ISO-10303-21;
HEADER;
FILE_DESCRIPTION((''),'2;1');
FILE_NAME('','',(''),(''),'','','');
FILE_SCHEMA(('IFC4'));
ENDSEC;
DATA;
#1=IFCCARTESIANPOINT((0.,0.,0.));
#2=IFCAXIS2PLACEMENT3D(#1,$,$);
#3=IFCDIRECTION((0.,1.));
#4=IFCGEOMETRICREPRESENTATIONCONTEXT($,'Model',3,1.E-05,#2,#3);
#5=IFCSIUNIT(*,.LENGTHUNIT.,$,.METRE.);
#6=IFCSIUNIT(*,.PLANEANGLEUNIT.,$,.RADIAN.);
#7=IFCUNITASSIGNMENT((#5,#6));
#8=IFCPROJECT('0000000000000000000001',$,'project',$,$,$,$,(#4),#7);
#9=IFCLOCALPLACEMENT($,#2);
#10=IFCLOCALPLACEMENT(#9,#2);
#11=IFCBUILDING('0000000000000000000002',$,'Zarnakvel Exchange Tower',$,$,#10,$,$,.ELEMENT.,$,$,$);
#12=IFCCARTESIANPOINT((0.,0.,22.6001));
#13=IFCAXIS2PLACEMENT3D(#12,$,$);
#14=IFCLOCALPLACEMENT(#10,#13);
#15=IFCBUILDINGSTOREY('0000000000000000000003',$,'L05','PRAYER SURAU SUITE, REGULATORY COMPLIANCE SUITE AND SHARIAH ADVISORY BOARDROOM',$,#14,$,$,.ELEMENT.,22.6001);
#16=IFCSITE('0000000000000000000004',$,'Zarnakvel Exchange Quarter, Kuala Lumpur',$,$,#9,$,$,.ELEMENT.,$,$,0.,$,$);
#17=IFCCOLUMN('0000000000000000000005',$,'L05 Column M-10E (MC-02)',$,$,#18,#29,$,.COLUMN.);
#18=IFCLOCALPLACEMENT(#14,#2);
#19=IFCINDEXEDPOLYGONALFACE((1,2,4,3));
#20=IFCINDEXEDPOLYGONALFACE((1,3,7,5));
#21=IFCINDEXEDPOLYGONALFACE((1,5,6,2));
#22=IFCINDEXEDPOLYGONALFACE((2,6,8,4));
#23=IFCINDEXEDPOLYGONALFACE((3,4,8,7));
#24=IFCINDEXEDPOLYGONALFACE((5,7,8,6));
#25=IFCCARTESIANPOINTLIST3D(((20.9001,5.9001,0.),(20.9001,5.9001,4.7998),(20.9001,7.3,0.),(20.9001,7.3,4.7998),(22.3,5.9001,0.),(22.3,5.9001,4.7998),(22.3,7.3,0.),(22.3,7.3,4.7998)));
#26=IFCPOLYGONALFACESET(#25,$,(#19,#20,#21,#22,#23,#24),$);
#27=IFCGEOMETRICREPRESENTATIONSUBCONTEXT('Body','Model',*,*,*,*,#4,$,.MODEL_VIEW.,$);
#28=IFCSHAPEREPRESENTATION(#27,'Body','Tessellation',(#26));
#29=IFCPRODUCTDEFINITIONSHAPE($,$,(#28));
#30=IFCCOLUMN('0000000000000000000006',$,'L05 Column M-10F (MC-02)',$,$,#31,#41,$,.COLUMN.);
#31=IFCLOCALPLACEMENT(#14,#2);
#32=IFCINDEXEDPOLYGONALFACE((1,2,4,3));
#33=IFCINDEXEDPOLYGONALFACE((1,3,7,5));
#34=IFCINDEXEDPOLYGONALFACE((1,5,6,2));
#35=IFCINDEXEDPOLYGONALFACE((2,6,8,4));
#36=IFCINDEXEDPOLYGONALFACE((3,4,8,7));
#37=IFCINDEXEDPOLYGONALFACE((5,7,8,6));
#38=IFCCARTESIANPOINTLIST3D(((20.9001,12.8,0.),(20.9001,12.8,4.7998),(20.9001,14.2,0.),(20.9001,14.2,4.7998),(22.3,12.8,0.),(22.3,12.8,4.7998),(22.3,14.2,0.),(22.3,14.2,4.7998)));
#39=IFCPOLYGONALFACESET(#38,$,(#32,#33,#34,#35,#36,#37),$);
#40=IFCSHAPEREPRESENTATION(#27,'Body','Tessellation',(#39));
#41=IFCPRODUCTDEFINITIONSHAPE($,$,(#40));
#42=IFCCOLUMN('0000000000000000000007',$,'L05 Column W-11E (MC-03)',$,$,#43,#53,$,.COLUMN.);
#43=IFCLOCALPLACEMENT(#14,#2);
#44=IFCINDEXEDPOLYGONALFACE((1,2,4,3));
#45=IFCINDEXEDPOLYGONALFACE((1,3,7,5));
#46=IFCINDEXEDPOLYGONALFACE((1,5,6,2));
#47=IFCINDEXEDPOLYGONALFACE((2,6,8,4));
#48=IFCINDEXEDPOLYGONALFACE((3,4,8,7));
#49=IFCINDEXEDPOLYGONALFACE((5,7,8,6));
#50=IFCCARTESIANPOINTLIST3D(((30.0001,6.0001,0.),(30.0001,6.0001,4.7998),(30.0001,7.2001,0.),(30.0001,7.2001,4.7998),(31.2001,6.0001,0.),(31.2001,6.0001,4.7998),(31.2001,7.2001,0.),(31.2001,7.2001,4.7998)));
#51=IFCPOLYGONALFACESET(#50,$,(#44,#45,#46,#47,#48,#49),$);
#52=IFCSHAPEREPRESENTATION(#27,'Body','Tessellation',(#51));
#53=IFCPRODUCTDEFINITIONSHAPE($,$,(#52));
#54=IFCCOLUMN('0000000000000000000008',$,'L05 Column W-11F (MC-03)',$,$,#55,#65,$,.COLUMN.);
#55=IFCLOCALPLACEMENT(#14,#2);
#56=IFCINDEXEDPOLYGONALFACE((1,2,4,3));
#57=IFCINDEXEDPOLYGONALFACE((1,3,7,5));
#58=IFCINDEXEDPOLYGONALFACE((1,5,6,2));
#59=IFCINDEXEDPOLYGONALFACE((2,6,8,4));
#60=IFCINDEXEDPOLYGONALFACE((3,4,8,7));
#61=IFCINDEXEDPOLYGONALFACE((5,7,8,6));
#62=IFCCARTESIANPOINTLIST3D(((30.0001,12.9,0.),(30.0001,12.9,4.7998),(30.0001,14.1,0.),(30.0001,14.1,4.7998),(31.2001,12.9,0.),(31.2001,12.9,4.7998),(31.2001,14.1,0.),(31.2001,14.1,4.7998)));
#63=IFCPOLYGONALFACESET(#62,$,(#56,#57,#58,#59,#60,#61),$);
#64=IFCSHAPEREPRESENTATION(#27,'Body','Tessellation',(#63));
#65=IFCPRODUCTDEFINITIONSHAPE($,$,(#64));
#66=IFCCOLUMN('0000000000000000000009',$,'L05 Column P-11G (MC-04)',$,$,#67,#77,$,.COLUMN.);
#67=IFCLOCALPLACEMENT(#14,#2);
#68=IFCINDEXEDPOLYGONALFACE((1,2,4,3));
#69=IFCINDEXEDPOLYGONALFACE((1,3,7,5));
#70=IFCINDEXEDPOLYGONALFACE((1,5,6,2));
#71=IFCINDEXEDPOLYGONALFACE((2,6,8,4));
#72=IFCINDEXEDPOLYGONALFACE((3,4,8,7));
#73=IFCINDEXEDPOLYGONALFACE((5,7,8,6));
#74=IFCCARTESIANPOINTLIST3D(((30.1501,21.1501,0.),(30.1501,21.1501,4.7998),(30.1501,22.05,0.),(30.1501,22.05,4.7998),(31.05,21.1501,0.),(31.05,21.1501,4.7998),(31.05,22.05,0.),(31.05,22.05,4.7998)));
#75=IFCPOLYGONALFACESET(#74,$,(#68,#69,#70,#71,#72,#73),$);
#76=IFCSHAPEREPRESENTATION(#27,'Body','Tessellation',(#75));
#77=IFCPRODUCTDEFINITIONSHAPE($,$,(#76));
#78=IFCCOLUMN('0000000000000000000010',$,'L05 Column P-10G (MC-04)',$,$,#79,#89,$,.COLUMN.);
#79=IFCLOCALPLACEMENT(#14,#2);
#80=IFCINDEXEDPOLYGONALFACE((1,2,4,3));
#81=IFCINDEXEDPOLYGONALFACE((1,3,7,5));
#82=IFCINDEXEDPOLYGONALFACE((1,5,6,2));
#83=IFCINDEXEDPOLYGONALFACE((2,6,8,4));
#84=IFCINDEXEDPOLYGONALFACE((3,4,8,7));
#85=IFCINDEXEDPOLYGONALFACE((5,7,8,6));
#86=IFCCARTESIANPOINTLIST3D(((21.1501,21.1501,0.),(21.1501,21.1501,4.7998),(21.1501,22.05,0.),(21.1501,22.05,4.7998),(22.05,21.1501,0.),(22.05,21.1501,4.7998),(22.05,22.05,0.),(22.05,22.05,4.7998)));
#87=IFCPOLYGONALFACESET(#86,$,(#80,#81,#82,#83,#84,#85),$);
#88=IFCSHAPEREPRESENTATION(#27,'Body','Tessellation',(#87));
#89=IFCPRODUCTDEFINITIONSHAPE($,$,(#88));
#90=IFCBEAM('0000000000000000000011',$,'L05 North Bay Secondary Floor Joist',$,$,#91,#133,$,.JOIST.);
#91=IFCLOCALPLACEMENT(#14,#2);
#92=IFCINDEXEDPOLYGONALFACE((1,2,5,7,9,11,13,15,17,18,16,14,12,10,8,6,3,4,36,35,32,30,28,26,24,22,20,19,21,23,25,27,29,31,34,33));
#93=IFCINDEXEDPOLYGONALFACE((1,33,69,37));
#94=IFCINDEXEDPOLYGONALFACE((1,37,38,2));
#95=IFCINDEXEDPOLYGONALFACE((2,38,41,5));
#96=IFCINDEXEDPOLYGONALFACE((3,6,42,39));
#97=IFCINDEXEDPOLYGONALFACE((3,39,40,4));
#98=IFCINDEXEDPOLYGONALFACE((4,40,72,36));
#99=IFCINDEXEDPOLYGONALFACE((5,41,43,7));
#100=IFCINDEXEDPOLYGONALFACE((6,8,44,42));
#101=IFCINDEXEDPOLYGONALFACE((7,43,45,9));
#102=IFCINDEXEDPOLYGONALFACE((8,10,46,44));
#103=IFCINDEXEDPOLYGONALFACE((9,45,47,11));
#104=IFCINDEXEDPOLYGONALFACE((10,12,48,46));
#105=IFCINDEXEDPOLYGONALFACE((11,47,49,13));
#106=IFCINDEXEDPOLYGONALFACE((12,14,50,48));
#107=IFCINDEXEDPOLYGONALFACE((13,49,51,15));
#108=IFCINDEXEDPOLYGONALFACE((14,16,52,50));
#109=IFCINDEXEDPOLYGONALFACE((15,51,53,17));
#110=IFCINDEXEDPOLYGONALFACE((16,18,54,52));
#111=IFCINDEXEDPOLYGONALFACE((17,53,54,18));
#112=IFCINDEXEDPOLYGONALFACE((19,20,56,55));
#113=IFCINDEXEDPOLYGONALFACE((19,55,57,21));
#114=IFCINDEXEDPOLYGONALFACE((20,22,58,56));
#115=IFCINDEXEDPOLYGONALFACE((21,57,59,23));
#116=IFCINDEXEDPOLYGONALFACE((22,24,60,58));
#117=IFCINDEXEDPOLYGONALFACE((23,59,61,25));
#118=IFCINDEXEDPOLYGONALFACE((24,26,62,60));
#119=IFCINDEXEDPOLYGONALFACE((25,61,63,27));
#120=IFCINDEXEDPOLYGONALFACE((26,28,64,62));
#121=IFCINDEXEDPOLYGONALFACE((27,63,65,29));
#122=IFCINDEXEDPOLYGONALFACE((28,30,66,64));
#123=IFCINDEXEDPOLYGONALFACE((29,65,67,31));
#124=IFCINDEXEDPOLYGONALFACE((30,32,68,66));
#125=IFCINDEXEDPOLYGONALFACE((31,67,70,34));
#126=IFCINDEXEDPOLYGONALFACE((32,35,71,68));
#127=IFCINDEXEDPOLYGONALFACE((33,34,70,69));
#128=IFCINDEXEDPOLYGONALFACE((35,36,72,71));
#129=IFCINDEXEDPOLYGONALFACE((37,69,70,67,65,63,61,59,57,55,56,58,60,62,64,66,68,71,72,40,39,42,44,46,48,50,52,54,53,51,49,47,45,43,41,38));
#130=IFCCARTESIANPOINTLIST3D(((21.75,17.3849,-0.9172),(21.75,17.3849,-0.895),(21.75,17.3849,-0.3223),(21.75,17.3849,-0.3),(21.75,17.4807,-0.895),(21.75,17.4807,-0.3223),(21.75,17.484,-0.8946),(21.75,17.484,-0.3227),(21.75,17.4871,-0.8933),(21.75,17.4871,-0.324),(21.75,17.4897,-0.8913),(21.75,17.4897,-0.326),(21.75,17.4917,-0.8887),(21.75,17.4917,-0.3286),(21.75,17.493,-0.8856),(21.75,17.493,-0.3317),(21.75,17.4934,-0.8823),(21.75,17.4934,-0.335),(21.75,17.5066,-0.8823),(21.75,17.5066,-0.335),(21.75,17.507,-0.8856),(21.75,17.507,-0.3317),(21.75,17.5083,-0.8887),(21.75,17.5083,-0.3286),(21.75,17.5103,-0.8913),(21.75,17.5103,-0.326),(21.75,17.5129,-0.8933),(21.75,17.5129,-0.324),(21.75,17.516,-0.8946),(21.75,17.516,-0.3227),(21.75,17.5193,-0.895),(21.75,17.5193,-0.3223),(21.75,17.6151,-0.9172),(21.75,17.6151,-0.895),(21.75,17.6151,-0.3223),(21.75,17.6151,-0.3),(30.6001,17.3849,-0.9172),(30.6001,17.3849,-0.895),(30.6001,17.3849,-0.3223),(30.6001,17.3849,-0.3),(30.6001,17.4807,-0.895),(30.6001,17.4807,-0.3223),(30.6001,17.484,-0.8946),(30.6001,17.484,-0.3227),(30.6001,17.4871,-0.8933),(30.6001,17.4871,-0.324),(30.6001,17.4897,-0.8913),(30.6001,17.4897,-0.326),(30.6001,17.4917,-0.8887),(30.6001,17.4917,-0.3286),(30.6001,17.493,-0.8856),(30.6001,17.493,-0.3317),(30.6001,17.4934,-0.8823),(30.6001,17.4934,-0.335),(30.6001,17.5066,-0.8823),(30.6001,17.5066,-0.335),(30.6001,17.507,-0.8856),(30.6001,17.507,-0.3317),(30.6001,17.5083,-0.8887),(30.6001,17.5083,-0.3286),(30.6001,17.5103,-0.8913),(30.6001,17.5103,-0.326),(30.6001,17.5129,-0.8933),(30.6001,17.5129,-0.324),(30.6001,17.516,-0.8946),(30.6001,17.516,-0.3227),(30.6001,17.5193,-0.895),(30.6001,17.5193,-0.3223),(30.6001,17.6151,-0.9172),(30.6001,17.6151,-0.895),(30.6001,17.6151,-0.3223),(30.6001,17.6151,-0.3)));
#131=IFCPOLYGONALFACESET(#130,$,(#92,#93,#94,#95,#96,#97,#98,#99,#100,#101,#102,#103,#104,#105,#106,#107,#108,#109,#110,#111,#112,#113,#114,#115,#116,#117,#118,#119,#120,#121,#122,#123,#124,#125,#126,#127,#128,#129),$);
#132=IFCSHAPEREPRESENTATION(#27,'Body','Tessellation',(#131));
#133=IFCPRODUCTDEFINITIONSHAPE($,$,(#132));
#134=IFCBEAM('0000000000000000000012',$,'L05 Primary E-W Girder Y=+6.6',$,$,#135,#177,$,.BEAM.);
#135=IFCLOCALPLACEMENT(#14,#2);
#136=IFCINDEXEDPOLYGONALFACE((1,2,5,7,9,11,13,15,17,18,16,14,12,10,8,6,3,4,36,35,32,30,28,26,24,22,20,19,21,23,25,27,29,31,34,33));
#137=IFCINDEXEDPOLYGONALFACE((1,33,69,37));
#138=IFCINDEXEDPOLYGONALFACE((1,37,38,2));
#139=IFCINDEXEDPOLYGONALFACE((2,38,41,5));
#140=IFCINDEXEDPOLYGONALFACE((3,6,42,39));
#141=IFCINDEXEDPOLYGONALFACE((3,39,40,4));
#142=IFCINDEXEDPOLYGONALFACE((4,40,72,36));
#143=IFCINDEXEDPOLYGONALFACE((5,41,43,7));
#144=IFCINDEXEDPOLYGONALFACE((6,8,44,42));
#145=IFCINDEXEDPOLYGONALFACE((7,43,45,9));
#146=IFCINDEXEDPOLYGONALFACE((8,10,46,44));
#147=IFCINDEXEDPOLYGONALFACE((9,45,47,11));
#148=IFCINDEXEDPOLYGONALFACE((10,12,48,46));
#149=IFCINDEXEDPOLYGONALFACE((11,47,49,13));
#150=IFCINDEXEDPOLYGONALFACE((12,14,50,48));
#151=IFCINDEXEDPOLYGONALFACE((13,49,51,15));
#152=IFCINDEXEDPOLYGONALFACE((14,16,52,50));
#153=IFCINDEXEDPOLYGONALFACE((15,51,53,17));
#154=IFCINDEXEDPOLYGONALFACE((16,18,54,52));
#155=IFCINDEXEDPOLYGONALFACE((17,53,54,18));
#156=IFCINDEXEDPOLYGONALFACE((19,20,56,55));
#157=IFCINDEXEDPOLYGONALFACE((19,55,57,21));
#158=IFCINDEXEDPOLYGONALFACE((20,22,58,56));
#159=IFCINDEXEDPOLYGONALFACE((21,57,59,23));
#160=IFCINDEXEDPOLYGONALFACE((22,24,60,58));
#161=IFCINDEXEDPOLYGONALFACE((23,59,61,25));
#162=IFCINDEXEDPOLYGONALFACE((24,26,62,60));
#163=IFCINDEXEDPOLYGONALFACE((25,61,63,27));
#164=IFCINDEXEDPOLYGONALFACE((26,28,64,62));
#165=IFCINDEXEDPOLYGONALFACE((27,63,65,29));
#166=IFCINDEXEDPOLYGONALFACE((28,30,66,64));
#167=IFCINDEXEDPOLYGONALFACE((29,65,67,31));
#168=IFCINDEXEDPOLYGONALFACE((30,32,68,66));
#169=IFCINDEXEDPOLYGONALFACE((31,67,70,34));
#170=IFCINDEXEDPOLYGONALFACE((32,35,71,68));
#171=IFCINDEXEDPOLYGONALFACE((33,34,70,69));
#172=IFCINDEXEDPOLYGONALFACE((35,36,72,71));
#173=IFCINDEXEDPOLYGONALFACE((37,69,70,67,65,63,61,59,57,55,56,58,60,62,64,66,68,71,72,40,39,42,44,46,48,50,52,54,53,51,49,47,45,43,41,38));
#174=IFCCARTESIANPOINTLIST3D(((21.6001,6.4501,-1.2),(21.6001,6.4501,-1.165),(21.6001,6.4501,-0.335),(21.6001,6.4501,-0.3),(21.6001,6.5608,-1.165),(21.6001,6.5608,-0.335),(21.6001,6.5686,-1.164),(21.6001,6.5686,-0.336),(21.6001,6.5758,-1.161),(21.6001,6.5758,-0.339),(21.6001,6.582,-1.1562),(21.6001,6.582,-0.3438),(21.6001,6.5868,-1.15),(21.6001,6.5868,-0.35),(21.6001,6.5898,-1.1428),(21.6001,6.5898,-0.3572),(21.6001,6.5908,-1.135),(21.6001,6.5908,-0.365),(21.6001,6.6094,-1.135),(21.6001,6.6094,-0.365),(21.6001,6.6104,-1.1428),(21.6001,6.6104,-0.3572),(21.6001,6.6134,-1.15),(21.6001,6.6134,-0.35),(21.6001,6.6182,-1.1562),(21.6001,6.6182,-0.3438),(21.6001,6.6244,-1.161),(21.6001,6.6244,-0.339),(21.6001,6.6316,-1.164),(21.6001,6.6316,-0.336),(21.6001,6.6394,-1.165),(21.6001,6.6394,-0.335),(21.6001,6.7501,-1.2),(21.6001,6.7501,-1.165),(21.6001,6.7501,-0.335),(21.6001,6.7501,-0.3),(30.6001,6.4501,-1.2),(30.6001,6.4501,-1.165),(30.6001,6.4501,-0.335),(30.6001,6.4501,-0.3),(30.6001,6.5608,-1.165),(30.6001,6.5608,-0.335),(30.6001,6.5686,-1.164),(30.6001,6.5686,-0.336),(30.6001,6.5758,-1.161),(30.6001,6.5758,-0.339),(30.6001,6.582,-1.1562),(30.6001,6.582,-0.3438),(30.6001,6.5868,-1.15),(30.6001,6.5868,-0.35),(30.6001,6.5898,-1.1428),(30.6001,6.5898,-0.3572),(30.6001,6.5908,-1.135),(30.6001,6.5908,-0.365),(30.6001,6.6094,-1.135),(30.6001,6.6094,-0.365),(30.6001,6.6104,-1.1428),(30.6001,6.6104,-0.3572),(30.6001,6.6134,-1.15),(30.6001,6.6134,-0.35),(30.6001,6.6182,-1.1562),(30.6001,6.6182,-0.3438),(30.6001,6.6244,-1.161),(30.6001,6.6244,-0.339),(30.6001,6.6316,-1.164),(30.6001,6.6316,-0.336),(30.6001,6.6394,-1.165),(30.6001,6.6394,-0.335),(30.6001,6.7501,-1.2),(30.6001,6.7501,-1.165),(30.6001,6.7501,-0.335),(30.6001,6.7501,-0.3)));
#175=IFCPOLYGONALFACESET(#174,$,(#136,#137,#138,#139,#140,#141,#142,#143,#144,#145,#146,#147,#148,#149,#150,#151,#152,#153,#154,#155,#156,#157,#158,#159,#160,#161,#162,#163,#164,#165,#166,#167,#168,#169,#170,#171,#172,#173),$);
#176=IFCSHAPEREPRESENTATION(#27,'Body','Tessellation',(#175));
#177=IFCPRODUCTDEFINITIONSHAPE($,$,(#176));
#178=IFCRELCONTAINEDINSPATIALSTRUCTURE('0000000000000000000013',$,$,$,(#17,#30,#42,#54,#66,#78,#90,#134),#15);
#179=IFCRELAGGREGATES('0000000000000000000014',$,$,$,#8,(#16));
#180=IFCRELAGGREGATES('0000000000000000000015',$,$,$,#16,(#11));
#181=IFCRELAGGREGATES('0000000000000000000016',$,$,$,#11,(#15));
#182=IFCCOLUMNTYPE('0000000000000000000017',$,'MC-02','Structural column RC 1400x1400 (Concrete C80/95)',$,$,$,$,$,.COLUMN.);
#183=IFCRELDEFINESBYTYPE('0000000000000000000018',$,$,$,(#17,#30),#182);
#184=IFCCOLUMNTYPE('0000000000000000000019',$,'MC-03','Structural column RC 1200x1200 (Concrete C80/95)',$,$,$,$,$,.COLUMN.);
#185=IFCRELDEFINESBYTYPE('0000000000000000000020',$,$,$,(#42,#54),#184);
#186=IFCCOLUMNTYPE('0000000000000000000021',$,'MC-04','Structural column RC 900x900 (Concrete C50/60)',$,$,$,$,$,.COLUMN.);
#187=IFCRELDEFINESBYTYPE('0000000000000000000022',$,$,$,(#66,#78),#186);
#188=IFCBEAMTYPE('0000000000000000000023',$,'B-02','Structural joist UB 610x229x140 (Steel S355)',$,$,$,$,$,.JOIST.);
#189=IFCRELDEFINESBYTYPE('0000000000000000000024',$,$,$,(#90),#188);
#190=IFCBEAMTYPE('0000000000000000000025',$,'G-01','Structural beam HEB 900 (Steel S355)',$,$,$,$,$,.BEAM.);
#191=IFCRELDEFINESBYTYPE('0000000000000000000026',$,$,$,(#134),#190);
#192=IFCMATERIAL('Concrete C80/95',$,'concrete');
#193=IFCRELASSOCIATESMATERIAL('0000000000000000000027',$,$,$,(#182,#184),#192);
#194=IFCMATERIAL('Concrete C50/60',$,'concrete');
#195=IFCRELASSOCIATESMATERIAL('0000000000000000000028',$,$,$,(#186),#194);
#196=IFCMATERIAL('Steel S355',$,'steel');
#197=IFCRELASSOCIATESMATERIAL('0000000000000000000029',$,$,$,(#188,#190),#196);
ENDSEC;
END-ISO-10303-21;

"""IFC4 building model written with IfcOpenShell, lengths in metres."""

from ifc_helpers import new_model, si_unit, direction, frame, origin, origin_2d, place, context, subcontext, project, spatial, rectangle, i_section, extrude, material, material_profile, profile_set, type_object, element, save


model = new_model("IFC4")

# Units and contexts
model_context = context("Model", 3, precision=1e-05, world=origin(), true_north=direction((0.0, 1.0)))
body_context = subcontext(model_context, "Body", "Model", "MODEL_VIEW")
ifc_project = project(units=[si_unit("LENGTHUNIT", "METRE"), si_unit("PLANEANGLEUNIT", "RADIAN")], contexts=[model_context])

# Site, building, storey
site_placement = place(None, origin())
site = spatial("IfcSite", under=ifc_project, at=site_placement, Name="Zarnakvel Exchange Quarter, Kuala Lumpur", CompositionType="ELEMENT", RefElevation=0.0)
building_placement = place(site_placement, origin())
building = spatial("IfcBuilding", under=site, at=building_placement, Name="Zarnakvel Exchange Tower", CompositionType="ELEMENT")
storey_placement = place(building_placement, frame((0.0, 0.0, 22.6001)))
storey = spatial("IfcBuildingStorey", under=building, at=storey_placement, Name="L05", Description="PRAYER SURAU SUITE, REGULATORY COMPLIANCE SUITE AND SHARIAH ADVISORY BOARDROOM", CompositionType="ELEMENT", Elevation=22.6001)

# Columns
ifc_material_1 = material(Name="Concrete C80/95", Category="concrete")
ifc_material_profile_1 = material_profile(ifc_material_1, rectangle(XDim=1.3999, YDim=1.3999, at=origin_2d()))
ifc_profile_set_1 = profile_set([ifc_material_profile_1], Name="Concrete C80/95")
column_type_1 = type_object("IfcColumnType", Name="MC-02", Description="Structural column RC 1400x1400 (Concrete C80/95)", PredefinedType="COLUMN", material=ifc_profile_set_1)
for number, where, z_axis, x_axis, name in (
    (1, (21.6001, 6.6001, 0.0), (0.0, 0.0, 1.0), (1.0, 0.0, 0.0), "L05 Column M-10E (MC-02)"),
    (2, (21.6001, 13.5, 0.0), (0.0, 0.0, 1.0), (1.0, 0.0, 0.0), "L05 Column M-10F (MC-02)"),
):
    element("IfcColumn", number, at=place(storey_placement, frame(where, z_axis=z_axis, x_axis=x_axis)), inside=storey, type_object=column_type_1, Name=name, PredefinedType="COLUMN", context=body_context, shape_type="SweptSolid", body=[
        extrude(rectangle(XDim=1.3999, YDim=1.3999, at=origin_2d()), origin(), (0.0, 0.0, 1.0), 4.7998),
    ])
ifc_material_profile_2 = material_profile(ifc_material_1, rectangle(XDim=1.2, YDim=1.2, at=origin_2d()))
ifc_profile_set_2 = profile_set([ifc_material_profile_2], Name="Concrete C80/95")
column_type_2 = type_object("IfcColumnType", Name="MC-03", Description="Structural column RC 1200x1200 (Concrete C80/95)", PredefinedType="COLUMN", material=ifc_profile_set_2)
for number, where, z_axis, x_axis, name in (
    (3, (30.6001, 6.6001, 0.0), (0.0, 0.0, 1.0), (1.0, 0.0, 0.0), "L05 Column W-11E (MC-03)"),
    (4, (30.6001, 13.5, 0.0), (0.0, 0.0, 1.0), (1.0, 0.0, 0.0), "L05 Column W-11F (MC-03)"),
):
    element("IfcColumn", number, at=place(storey_placement, frame(where, z_axis=z_axis, x_axis=x_axis)), inside=storey, type_object=column_type_2, Name=name, PredefinedType="COLUMN", context=body_context, shape_type="SweptSolid", body=[
        extrude(rectangle(XDim=1.2, YDim=1.2, at=origin_2d()), origin(), (0.0, 0.0, 1.0), 4.7998),
    ])
ifc_material_2 = material(Name="Concrete C50/60", Category="concrete")
ifc_material_profile_3 = material_profile(ifc_material_2, rectangle(XDim=0.8999, YDim=0.8999, at=origin_2d()))
ifc_profile_set_3 = profile_set([ifc_material_profile_3], Name="Concrete C50/60")
column_type_3 = type_object("IfcColumnType", Name="MC-04", Description="Structural column RC 900x900 (Concrete C50/60)", PredefinedType="COLUMN", material=ifc_profile_set_3)
for number, where, z_axis, x_axis, name in (
    (5, (30.6001, 21.6001, 0.0), (0.0, 0.0, 1.0), (1.0, 0.0, 0.0), "L05 Column P-11G (MC-04)"),
    (6, (21.6001, 21.6001, 0.0), (0.0, 0.0, 1.0), (1.0, 0.0, 0.0), "L05 Column P-10G (MC-04)"),
):
    element("IfcColumn", number, at=place(storey_placement, frame(where, z_axis=z_axis, x_axis=x_axis)), inside=storey, type_object=column_type_3, Name=name, PredefinedType="COLUMN", context=body_context, shape_type="SweptSolid", body=[
        extrude(rectangle(XDim=0.8999, YDim=0.8999, at=origin_2d()), origin(), (0.0, 0.0, 1.0), 4.7998),
    ])

# Beams
ifc_material_3 = material(Name="Steel S355", Category="steel")
ifc_material_profile_4 = material_profile(ifc_material_3, i_section(OverallWidth=0.2302, OverallDepth=0.6172, WebThickness=0.0132, FlangeThickness=0.0222, FilletRadius=0.0127, at=origin_2d()))
ifc_profile_set_4 = profile_set([ifc_material_profile_4], Name="Steel S355")
beam_type_1 = type_object("IfcBeamType", Name="B-02", Description="Structural joist UB 610x229x140 (Steel S355)", PredefinedType="JOIST", material=ifc_profile_set_4)
beam_1_placement = place(storey_placement, frame((21.75, 17.5, -0.6086), z_axis=(1.0, 0.0, 0.0), x_axis=(0.0, 1.0, 0.0)))
element("IfcBeam", 7, at=beam_1_placement, inside=storey, type_object=beam_type_1, Name="L05 North Bay Secondary Floor Joist", PredefinedType="JOIST", context=body_context, shape_type="SweptSolid", body=[
    extrude(i_section(OverallWidth=0.2302, OverallDepth=0.6172, WebThickness=0.0132, FlangeThickness=0.0222, FilletRadius=0.0127, at=origin_2d()), origin(), (0.0, 0.0, 1.0), 8.8501),
])
ifc_material_profile_5 = material_profile(ifc_material_3, i_section(OverallWidth=0.3, OverallDepth=0.8999, WebThickness=0.0186, FlangeThickness=0.0349, FilletRadius=0.03, at=origin_2d()))
ifc_profile_set_5 = profile_set([ifc_material_profile_5], Name="Steel S355")
beam_type_2 = type_object("IfcBeamType", Name="G-01", Description="Structural beam HEB 900 (Steel S355)", PredefinedType="BEAM", material=ifc_profile_set_5)
for number, where, z_axis, x_axis, name in (
    (8, (21.6001, 6.6001, -0.75), (1.0, 0.0, 0.0), (0.0, 1.0, 0.0), "L05 Primary E-W Girder Y=+6.6"),
):
    element("IfcBeam", number, at=place(storey_placement, frame(where, z_axis=z_axis, x_axis=x_axis)), inside=storey, type_object=beam_type_2, Name=name, PredefinedType="BEAM", context=body_context, shape_type="SweptSolid", body=[
        extrude(i_section(OverallWidth=0.3, OverallDepth=0.8999, WebThickness=0.0186, FlangeThickness=0.0349, FilletRadius=0.03, at=origin_2d()), origin(), (0.0, 0.0, 1.0), 9.0),
    ])

save(model, "model.ifc")
